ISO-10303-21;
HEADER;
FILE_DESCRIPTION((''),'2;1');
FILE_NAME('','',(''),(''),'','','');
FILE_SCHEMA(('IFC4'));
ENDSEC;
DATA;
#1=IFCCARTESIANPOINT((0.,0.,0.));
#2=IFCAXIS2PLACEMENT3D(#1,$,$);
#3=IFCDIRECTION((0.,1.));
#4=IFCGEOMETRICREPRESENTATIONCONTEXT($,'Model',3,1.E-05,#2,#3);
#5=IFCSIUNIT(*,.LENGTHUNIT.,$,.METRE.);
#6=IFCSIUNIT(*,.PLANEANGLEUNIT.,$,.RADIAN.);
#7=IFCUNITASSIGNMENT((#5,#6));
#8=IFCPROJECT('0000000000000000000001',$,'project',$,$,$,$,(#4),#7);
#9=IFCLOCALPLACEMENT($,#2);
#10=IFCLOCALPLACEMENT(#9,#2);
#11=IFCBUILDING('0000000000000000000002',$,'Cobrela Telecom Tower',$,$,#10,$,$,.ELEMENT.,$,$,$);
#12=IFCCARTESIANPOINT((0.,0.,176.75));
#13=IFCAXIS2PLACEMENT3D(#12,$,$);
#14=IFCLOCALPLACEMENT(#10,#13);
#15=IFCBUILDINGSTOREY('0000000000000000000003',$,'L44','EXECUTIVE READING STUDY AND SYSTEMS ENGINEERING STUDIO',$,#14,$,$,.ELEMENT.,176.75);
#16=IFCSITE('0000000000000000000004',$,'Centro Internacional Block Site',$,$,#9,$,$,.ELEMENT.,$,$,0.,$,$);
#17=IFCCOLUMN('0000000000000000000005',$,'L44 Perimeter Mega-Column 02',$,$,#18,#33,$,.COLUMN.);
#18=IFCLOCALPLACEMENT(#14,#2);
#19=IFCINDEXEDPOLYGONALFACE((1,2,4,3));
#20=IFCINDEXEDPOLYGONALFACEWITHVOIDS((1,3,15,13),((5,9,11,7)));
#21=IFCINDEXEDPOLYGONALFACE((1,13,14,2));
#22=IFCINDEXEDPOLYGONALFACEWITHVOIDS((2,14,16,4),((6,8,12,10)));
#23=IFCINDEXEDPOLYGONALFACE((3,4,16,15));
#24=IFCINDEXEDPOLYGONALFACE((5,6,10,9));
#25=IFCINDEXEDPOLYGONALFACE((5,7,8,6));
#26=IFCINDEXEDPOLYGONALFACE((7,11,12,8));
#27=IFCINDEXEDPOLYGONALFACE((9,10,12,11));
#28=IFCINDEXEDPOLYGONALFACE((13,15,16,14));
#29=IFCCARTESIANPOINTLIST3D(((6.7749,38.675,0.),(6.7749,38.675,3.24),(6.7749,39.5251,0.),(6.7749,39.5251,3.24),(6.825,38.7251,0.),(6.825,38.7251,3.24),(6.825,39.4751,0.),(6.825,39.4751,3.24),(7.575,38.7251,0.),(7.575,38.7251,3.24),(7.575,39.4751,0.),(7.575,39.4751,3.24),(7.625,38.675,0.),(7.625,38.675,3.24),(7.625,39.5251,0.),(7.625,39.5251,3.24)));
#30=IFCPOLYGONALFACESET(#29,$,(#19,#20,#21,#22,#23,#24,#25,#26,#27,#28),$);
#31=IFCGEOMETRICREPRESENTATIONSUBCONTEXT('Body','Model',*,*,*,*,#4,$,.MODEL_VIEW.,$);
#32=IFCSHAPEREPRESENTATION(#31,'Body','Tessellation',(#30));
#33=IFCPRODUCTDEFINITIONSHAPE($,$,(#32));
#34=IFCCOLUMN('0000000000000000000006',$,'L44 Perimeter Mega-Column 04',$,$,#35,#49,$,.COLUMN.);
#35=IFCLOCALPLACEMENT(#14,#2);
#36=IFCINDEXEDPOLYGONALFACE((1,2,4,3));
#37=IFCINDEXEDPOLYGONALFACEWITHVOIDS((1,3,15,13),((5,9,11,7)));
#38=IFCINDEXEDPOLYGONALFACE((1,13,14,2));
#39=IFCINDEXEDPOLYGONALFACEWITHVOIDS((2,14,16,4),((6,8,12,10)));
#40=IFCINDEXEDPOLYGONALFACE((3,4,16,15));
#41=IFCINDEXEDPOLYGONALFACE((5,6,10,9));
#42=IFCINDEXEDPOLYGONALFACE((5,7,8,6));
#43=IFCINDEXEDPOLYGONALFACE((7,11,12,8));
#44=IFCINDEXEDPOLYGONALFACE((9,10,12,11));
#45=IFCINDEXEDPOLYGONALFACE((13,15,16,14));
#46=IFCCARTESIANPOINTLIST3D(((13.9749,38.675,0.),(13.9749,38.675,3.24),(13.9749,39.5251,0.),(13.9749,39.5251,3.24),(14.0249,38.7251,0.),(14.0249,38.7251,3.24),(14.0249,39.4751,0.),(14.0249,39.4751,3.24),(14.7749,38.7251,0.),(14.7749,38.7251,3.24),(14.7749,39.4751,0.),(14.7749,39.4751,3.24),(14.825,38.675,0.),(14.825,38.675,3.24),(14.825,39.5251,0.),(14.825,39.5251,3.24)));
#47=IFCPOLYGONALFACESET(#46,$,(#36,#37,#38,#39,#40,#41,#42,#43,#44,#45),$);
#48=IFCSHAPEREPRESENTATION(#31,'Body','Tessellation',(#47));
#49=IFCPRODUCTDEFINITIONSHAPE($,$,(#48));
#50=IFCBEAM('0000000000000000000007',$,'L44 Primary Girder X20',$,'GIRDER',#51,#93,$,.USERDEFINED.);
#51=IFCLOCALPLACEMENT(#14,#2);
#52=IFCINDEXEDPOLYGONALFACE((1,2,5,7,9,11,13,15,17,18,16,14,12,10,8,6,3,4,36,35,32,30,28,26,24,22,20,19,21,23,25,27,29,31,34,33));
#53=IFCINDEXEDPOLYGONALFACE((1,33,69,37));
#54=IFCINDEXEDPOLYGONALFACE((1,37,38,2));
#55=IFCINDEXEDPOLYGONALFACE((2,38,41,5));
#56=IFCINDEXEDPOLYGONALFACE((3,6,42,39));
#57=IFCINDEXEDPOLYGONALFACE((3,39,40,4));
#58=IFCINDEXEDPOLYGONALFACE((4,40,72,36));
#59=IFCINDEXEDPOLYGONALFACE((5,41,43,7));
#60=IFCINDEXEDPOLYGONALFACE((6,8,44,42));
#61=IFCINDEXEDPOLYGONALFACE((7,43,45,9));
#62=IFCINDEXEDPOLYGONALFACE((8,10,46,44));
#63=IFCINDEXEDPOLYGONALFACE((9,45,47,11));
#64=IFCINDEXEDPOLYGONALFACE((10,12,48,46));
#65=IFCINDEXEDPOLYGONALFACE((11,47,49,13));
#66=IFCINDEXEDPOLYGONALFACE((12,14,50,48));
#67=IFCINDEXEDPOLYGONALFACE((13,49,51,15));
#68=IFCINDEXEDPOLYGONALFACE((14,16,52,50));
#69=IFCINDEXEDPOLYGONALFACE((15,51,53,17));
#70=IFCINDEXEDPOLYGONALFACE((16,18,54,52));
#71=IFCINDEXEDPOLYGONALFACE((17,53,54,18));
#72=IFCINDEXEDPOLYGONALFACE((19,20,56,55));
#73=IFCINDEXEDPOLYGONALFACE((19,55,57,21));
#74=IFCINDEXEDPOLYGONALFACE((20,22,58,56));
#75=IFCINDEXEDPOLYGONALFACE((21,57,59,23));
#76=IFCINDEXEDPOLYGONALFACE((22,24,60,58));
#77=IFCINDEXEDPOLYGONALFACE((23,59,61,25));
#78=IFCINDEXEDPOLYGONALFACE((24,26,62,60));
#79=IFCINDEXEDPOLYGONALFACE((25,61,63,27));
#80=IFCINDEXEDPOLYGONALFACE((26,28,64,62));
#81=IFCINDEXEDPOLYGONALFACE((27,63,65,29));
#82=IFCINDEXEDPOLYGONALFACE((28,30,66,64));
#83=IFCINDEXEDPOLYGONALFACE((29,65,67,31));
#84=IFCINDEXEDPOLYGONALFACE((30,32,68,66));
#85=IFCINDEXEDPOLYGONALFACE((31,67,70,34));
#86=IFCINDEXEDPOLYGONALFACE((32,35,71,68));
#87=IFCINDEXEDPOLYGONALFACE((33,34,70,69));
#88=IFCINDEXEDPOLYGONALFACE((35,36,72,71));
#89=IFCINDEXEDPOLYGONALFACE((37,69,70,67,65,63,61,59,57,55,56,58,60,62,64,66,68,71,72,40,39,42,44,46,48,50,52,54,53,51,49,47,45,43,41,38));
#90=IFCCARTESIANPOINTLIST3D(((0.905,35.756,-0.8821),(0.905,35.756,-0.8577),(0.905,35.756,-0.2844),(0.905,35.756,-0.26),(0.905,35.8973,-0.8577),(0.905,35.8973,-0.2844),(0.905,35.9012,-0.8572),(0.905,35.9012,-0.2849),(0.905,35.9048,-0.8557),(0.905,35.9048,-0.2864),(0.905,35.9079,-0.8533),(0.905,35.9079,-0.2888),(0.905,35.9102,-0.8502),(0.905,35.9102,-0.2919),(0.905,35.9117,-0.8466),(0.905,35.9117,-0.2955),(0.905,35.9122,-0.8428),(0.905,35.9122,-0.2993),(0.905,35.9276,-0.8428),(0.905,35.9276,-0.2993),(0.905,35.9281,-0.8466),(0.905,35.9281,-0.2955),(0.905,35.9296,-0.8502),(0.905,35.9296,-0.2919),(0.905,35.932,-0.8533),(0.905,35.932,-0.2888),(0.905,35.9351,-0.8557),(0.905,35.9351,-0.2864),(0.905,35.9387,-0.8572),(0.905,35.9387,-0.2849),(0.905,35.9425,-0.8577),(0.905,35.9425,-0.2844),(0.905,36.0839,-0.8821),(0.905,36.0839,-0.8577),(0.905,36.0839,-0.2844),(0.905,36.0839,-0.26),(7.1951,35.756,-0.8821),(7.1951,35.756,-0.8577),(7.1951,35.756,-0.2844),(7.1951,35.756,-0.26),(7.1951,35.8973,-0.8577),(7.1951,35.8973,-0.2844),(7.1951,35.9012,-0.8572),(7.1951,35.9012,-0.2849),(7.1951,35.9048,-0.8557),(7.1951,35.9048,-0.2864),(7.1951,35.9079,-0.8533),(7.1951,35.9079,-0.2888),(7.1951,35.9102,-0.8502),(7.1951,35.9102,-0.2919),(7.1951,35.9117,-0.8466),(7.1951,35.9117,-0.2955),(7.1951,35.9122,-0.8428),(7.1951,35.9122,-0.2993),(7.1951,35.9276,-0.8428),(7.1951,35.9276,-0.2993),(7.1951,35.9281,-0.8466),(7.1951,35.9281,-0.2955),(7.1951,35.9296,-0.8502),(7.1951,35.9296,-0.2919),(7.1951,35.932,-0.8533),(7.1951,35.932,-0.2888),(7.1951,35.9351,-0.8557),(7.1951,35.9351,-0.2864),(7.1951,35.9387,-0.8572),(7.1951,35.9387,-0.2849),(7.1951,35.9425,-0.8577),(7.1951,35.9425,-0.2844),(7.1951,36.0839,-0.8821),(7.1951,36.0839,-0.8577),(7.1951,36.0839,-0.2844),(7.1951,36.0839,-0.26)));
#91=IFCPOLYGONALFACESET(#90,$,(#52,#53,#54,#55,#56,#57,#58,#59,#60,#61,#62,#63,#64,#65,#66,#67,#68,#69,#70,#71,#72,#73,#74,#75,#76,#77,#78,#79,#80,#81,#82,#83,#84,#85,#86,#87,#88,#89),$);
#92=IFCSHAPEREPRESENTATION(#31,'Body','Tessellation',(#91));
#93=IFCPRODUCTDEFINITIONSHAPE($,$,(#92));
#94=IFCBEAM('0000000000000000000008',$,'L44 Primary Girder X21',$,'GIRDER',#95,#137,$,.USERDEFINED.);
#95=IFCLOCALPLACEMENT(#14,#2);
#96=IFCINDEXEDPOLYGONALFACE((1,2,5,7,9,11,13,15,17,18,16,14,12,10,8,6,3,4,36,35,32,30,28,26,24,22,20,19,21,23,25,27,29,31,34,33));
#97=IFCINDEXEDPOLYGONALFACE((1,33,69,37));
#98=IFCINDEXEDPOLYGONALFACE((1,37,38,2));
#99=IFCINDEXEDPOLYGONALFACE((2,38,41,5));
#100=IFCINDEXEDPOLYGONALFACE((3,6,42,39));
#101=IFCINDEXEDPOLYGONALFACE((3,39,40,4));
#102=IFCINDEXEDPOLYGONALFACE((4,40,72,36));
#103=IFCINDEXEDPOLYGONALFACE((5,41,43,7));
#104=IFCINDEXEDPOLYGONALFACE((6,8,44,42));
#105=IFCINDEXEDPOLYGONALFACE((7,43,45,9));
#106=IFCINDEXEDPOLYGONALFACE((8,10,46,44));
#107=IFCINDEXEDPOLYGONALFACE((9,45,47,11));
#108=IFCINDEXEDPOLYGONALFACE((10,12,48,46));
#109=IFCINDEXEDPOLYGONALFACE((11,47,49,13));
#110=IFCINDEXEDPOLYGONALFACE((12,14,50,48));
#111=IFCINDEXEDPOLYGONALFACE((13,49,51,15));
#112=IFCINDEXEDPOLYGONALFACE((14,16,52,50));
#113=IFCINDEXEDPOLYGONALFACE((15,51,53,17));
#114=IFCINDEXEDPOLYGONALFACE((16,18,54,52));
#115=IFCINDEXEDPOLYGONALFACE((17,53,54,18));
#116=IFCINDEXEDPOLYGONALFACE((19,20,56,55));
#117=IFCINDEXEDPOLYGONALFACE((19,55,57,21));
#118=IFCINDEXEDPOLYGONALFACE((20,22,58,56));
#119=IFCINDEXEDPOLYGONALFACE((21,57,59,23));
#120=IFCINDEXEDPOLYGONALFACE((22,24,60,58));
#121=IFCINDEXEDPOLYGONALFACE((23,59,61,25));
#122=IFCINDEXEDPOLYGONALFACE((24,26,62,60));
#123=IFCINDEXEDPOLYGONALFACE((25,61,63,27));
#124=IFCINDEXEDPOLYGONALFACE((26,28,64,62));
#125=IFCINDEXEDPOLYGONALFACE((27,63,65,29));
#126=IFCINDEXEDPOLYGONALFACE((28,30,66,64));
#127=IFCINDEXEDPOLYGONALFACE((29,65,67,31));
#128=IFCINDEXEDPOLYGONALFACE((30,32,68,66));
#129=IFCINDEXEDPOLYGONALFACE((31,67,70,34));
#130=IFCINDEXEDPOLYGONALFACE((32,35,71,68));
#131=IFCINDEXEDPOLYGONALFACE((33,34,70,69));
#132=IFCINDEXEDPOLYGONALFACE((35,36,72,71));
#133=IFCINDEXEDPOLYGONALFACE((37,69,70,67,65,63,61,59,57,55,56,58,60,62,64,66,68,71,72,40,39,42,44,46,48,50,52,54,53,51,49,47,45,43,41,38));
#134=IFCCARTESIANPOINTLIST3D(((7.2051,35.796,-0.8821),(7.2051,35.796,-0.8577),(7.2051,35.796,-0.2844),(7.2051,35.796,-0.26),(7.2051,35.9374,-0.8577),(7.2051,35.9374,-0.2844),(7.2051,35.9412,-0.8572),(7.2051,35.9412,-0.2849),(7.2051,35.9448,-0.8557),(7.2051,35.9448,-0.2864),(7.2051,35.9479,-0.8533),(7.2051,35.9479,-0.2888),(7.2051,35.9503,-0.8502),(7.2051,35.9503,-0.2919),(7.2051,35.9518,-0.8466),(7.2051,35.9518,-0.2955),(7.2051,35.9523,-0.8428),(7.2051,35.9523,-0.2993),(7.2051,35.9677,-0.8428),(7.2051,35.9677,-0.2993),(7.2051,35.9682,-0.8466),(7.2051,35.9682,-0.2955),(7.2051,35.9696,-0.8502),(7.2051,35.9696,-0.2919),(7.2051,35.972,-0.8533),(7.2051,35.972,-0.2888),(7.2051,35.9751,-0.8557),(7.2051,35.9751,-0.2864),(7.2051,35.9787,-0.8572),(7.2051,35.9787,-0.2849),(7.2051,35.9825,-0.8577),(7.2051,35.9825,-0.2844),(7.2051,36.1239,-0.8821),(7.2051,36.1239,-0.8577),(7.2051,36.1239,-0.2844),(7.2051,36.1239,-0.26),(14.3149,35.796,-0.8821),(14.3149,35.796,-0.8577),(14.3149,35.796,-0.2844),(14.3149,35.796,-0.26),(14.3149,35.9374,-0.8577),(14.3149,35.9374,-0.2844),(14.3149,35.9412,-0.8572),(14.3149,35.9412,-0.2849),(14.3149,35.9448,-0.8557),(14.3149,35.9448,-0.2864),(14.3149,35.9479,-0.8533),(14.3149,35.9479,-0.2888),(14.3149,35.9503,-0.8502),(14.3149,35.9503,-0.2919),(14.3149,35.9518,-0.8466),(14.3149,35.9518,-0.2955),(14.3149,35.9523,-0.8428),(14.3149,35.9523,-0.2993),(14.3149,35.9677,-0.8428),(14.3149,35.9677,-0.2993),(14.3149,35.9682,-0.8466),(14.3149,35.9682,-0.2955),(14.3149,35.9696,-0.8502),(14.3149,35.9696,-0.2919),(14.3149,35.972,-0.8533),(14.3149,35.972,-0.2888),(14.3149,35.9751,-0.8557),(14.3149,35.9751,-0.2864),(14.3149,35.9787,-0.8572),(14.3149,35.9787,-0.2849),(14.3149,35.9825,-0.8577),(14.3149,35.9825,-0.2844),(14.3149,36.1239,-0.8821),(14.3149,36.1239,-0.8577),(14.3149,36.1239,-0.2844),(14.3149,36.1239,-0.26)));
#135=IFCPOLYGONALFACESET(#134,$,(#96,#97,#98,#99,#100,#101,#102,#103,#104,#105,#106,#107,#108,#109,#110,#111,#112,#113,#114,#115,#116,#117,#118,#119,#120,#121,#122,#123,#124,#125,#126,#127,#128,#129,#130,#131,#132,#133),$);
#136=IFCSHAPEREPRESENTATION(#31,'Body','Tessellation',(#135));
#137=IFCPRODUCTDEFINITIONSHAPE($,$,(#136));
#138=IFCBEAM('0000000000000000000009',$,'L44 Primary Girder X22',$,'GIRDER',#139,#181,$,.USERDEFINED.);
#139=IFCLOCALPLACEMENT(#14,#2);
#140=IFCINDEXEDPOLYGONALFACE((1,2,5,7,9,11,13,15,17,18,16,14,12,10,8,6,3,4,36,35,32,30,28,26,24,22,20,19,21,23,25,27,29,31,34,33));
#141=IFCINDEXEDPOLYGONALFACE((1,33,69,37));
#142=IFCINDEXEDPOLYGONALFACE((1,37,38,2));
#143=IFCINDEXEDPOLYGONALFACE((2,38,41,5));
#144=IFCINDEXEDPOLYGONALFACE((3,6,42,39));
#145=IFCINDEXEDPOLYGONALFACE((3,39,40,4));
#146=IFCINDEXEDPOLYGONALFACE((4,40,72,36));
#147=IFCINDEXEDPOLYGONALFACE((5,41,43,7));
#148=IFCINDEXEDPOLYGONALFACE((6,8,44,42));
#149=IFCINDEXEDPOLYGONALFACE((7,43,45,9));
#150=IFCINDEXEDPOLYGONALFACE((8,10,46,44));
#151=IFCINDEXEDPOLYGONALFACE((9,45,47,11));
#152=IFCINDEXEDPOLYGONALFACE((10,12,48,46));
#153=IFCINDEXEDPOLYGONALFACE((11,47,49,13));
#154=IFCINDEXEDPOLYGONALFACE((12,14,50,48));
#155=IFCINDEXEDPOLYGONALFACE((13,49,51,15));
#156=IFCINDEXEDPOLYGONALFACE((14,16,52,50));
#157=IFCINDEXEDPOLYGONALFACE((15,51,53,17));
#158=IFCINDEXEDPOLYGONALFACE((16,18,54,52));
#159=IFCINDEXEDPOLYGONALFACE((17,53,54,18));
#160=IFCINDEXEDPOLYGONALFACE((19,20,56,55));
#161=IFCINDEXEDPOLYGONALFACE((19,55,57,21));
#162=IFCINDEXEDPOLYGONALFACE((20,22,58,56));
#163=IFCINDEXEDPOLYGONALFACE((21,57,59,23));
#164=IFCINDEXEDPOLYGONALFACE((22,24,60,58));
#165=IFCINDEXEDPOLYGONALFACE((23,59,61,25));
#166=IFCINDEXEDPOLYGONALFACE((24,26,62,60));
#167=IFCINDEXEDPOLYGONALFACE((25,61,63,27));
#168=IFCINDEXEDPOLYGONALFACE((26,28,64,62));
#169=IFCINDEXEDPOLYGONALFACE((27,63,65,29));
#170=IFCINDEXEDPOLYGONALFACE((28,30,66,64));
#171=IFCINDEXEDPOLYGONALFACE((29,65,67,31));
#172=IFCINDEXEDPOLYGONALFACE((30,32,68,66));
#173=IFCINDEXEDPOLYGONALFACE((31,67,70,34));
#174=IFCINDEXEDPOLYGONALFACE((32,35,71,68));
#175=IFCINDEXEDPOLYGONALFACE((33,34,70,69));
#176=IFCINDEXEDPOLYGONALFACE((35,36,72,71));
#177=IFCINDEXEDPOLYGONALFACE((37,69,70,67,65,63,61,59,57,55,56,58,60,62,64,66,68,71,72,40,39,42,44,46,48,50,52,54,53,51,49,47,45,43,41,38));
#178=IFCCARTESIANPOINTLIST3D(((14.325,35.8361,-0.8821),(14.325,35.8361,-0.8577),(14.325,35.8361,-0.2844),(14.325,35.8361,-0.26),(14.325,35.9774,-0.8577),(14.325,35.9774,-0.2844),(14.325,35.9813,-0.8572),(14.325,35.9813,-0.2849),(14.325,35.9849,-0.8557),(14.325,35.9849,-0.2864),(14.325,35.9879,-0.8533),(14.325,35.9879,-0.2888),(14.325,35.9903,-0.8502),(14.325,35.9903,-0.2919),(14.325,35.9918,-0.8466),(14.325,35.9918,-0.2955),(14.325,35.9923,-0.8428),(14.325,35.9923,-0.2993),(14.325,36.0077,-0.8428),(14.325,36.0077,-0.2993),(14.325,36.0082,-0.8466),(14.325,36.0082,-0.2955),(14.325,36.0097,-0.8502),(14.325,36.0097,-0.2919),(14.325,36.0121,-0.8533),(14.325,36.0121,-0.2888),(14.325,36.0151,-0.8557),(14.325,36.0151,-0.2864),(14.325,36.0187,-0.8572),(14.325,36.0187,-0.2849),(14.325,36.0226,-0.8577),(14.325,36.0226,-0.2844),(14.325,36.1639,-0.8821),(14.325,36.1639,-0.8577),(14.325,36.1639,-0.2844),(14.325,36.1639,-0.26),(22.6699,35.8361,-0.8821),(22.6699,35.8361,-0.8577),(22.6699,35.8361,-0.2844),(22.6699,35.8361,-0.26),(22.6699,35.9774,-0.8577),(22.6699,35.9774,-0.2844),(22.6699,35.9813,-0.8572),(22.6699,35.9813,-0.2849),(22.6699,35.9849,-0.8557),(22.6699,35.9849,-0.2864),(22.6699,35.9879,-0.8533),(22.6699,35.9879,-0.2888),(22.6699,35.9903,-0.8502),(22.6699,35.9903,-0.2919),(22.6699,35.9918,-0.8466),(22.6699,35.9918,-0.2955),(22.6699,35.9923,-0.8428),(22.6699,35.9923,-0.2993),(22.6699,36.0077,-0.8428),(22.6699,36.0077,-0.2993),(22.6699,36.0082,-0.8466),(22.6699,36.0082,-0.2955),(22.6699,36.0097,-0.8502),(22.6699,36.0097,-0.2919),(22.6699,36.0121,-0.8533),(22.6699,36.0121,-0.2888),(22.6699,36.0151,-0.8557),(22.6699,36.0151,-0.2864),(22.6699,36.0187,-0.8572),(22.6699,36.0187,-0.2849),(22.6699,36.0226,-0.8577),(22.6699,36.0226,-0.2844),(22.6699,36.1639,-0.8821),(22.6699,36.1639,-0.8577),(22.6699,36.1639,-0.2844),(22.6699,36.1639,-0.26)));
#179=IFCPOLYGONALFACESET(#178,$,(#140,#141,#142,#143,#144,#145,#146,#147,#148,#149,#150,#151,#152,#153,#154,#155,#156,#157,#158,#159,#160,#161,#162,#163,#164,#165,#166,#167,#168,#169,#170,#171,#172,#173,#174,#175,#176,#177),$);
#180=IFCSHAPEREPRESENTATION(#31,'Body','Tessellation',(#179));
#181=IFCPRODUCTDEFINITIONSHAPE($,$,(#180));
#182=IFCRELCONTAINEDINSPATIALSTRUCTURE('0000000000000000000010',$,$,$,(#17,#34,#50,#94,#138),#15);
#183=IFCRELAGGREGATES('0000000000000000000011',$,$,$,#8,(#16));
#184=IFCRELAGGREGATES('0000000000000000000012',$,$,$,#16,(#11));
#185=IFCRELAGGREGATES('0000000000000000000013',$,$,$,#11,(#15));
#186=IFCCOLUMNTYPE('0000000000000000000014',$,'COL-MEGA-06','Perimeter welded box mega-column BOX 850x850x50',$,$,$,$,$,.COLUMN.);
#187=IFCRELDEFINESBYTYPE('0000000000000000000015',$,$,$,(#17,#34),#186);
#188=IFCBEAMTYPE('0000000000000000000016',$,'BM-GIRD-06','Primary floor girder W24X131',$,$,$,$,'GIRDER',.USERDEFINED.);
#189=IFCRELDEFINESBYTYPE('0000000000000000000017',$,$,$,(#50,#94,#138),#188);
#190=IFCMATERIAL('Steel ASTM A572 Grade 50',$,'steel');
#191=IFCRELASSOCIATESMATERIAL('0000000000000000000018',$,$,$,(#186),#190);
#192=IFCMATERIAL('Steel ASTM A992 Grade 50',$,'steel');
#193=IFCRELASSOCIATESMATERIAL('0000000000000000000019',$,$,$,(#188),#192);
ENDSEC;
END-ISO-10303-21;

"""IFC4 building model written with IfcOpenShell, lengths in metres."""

from ifc_helpers import new_model, si_unit, direction, frame, origin, origin_2d, place, context, subcontext, project, spatial, hollow_rectangle, i_section, extrude, material, material_profile, profile_set, type_object, element, save


model = new_model("IFC4")

# Units and contexts
model_context = context("Model", 3, precision=1e-05, world=origin(), true_north=direction((0.0, 1.0)))
body_context = subcontext(model_context, "Body", "Model", "MODEL_VIEW")
ifc_project = project(units=[si_unit("LENGTHUNIT", "METRE"), si_unit("PLANEANGLEUNIT", "RADIAN")], contexts=[model_context])

# Site, building, storey
site_placement = place(None, origin())
site = spatial("IfcSite", under=ifc_project, at=site_placement, Name="Centro Internacional Block Site", CompositionType="ELEMENT", RefElevation=0.0)
building_placement = place(site_placement, origin())
building = spatial("IfcBuilding", under=site, at=building_placement, Name="Cobrela Telecom Tower", CompositionType="ELEMENT")
storey_placement = place(building_placement, frame((0.0, 0.0, 176.75)))
storey = spatial("IfcBuildingStorey", under=building, at=storey_placement, Name="L44", Description="EXECUTIVE READING STUDY AND SYSTEMS ENGINEERING STUDIO", CompositionType="ELEMENT", Elevation=176.75)

# Columns
ifc_material_1 = material(Name="Steel ASTM A572 Grade 50", Category="steel")
ifc_material_profile_1 = material_profile(ifc_material_1, hollow_rectangle(XDim=0.8501, YDim=0.8501, WallThickness=0.05, at=origin_2d()), Name="BOX 850x850x50")
ifc_profile_set_1 = profile_set([ifc_material_profile_1], Name="Steel ASTM A572 Grade 50")
column_type = type_object("IfcColumnType", Name="COL-MEGA-06", Description="Perimeter welded box mega-column BOX 850x850x50", PredefinedType="COLUMN", material=ifc_profile_set_1)
for number, where, z_axis, x_axis, name in (
    (1, (7.2, 39.1001, 0.0), (0.0, 0.0, 1.0), (1.0, 0.0, 0.0), "L44 Perimeter Mega-Column 02"),
    (2, (14.3999, 39.1001, 0.0), (0.0, 0.0, 1.0), (1.0, 0.0, 0.0), "L44 Perimeter Mega-Column 04"),
):
    element("IfcColumn", number, at=place(storey_placement, frame(where, z_axis=z_axis, x_axis=x_axis)), inside=storey, type_object=column_type, Name=name, PredefinedType="COLUMN", context=body_context, shape_type="SweptSolid", body=[
        extrude(hollow_rectangle(XDim=0.8501, YDim=0.8501, WallThickness=0.05, at=origin_2d()), origin(), (0.0, 0.0, 1.0), 3.24),
    ])

# Beams
ifc_material_2 = material(Name="Steel ASTM A992 Grade 50", Category="steel")
ifc_material_profile_2 = material_profile(ifc_material_2, i_section(OverallWidth=0.3279, OverallDepth=0.6221, WebThickness=0.0154, FlangeThickness=0.0244, FilletRadius=0.0149, at=origin_2d()), Name="W24X131")
ifc_profile_set_2 = profile_set([ifc_material_profile_2], Name="Steel ASTM A992 Grade 50")
beam_type_1 = type_object("IfcBeamType", Name="BM-GIRD-06", Description="Primary floor girder W24X131", ElementType="GIRDER", PredefinedType="USERDEFINED", material=ifc_profile_set_2)
beam_1_placement = place(storey_placement, frame((0.905, 35.9199, -0.571), z_axis=(1.0, 0.0, 0.0), x_axis=(0.0, 1.0, 0.0)))
element("IfcBeam", 3, at=beam_1_placement, inside=storey, type_object=beam_type_1, Name="L44 Primary Girder X20", ObjectType="GIRDER", PredefinedType="USERDEFINED", context=body_context, shape_type="SweptSolid", body=[
    extrude(i_section(OverallWidth=0.3279, OverallDepth=0.6221, WebThickness=0.0154, FlangeThickness=0.0244, FilletRadius=0.0149, at=origin_2d()), origin(), (0.0, 0.0, 1.0), 6.29),
])
beam_2_placement = place(storey_placement, frame((7.2051, 35.96, -0.571), z_axis=(1.0, 0.0, 0.0), x_axis=(0.0, 1.0, 0.0)))
element("IfcBeam", 4, at=beam_2_placement, inside=storey, type_object=beam_type_1, Name="L44 Primary Girder X21", ObjectType="GIRDER", PredefinedType="USERDEFINED", context=body_context, shape_type="SweptSolid", body=[
    extrude(i_section(OverallWidth=0.3279, OverallDepth=0.6221, WebThickness=0.0154, FlangeThickness=0.0244, FilletRadius=0.0149, at=origin_2d()), origin(), (0.0, 0.0, 1.0), 7.1099),
])
beam_3_placement = place(storey_placement, frame((14.325, 36.0, -0.571), z_axis=(1.0, 0.0, 0.0), x_axis=(0.0, 1.0, 0.0)))
element("IfcBeam", 5, at=beam_3_placement, inside=storey, type_object=beam_type_1, Name="L44 Primary Girder X22", ObjectType="GIRDER", PredefinedType="USERDEFINED", context=body_context, shape_type="SweptSolid", body=[
    extrude(i_section(OverallWidth=0.3279, OverallDepth=0.6221, WebThickness=0.0154, FlangeThickness=0.0244, FilletRadius=0.0149, at=origin_2d()), origin(), (0.0, 0.0, 1.0), 8.345),
])

save(model, "model.ifc")
